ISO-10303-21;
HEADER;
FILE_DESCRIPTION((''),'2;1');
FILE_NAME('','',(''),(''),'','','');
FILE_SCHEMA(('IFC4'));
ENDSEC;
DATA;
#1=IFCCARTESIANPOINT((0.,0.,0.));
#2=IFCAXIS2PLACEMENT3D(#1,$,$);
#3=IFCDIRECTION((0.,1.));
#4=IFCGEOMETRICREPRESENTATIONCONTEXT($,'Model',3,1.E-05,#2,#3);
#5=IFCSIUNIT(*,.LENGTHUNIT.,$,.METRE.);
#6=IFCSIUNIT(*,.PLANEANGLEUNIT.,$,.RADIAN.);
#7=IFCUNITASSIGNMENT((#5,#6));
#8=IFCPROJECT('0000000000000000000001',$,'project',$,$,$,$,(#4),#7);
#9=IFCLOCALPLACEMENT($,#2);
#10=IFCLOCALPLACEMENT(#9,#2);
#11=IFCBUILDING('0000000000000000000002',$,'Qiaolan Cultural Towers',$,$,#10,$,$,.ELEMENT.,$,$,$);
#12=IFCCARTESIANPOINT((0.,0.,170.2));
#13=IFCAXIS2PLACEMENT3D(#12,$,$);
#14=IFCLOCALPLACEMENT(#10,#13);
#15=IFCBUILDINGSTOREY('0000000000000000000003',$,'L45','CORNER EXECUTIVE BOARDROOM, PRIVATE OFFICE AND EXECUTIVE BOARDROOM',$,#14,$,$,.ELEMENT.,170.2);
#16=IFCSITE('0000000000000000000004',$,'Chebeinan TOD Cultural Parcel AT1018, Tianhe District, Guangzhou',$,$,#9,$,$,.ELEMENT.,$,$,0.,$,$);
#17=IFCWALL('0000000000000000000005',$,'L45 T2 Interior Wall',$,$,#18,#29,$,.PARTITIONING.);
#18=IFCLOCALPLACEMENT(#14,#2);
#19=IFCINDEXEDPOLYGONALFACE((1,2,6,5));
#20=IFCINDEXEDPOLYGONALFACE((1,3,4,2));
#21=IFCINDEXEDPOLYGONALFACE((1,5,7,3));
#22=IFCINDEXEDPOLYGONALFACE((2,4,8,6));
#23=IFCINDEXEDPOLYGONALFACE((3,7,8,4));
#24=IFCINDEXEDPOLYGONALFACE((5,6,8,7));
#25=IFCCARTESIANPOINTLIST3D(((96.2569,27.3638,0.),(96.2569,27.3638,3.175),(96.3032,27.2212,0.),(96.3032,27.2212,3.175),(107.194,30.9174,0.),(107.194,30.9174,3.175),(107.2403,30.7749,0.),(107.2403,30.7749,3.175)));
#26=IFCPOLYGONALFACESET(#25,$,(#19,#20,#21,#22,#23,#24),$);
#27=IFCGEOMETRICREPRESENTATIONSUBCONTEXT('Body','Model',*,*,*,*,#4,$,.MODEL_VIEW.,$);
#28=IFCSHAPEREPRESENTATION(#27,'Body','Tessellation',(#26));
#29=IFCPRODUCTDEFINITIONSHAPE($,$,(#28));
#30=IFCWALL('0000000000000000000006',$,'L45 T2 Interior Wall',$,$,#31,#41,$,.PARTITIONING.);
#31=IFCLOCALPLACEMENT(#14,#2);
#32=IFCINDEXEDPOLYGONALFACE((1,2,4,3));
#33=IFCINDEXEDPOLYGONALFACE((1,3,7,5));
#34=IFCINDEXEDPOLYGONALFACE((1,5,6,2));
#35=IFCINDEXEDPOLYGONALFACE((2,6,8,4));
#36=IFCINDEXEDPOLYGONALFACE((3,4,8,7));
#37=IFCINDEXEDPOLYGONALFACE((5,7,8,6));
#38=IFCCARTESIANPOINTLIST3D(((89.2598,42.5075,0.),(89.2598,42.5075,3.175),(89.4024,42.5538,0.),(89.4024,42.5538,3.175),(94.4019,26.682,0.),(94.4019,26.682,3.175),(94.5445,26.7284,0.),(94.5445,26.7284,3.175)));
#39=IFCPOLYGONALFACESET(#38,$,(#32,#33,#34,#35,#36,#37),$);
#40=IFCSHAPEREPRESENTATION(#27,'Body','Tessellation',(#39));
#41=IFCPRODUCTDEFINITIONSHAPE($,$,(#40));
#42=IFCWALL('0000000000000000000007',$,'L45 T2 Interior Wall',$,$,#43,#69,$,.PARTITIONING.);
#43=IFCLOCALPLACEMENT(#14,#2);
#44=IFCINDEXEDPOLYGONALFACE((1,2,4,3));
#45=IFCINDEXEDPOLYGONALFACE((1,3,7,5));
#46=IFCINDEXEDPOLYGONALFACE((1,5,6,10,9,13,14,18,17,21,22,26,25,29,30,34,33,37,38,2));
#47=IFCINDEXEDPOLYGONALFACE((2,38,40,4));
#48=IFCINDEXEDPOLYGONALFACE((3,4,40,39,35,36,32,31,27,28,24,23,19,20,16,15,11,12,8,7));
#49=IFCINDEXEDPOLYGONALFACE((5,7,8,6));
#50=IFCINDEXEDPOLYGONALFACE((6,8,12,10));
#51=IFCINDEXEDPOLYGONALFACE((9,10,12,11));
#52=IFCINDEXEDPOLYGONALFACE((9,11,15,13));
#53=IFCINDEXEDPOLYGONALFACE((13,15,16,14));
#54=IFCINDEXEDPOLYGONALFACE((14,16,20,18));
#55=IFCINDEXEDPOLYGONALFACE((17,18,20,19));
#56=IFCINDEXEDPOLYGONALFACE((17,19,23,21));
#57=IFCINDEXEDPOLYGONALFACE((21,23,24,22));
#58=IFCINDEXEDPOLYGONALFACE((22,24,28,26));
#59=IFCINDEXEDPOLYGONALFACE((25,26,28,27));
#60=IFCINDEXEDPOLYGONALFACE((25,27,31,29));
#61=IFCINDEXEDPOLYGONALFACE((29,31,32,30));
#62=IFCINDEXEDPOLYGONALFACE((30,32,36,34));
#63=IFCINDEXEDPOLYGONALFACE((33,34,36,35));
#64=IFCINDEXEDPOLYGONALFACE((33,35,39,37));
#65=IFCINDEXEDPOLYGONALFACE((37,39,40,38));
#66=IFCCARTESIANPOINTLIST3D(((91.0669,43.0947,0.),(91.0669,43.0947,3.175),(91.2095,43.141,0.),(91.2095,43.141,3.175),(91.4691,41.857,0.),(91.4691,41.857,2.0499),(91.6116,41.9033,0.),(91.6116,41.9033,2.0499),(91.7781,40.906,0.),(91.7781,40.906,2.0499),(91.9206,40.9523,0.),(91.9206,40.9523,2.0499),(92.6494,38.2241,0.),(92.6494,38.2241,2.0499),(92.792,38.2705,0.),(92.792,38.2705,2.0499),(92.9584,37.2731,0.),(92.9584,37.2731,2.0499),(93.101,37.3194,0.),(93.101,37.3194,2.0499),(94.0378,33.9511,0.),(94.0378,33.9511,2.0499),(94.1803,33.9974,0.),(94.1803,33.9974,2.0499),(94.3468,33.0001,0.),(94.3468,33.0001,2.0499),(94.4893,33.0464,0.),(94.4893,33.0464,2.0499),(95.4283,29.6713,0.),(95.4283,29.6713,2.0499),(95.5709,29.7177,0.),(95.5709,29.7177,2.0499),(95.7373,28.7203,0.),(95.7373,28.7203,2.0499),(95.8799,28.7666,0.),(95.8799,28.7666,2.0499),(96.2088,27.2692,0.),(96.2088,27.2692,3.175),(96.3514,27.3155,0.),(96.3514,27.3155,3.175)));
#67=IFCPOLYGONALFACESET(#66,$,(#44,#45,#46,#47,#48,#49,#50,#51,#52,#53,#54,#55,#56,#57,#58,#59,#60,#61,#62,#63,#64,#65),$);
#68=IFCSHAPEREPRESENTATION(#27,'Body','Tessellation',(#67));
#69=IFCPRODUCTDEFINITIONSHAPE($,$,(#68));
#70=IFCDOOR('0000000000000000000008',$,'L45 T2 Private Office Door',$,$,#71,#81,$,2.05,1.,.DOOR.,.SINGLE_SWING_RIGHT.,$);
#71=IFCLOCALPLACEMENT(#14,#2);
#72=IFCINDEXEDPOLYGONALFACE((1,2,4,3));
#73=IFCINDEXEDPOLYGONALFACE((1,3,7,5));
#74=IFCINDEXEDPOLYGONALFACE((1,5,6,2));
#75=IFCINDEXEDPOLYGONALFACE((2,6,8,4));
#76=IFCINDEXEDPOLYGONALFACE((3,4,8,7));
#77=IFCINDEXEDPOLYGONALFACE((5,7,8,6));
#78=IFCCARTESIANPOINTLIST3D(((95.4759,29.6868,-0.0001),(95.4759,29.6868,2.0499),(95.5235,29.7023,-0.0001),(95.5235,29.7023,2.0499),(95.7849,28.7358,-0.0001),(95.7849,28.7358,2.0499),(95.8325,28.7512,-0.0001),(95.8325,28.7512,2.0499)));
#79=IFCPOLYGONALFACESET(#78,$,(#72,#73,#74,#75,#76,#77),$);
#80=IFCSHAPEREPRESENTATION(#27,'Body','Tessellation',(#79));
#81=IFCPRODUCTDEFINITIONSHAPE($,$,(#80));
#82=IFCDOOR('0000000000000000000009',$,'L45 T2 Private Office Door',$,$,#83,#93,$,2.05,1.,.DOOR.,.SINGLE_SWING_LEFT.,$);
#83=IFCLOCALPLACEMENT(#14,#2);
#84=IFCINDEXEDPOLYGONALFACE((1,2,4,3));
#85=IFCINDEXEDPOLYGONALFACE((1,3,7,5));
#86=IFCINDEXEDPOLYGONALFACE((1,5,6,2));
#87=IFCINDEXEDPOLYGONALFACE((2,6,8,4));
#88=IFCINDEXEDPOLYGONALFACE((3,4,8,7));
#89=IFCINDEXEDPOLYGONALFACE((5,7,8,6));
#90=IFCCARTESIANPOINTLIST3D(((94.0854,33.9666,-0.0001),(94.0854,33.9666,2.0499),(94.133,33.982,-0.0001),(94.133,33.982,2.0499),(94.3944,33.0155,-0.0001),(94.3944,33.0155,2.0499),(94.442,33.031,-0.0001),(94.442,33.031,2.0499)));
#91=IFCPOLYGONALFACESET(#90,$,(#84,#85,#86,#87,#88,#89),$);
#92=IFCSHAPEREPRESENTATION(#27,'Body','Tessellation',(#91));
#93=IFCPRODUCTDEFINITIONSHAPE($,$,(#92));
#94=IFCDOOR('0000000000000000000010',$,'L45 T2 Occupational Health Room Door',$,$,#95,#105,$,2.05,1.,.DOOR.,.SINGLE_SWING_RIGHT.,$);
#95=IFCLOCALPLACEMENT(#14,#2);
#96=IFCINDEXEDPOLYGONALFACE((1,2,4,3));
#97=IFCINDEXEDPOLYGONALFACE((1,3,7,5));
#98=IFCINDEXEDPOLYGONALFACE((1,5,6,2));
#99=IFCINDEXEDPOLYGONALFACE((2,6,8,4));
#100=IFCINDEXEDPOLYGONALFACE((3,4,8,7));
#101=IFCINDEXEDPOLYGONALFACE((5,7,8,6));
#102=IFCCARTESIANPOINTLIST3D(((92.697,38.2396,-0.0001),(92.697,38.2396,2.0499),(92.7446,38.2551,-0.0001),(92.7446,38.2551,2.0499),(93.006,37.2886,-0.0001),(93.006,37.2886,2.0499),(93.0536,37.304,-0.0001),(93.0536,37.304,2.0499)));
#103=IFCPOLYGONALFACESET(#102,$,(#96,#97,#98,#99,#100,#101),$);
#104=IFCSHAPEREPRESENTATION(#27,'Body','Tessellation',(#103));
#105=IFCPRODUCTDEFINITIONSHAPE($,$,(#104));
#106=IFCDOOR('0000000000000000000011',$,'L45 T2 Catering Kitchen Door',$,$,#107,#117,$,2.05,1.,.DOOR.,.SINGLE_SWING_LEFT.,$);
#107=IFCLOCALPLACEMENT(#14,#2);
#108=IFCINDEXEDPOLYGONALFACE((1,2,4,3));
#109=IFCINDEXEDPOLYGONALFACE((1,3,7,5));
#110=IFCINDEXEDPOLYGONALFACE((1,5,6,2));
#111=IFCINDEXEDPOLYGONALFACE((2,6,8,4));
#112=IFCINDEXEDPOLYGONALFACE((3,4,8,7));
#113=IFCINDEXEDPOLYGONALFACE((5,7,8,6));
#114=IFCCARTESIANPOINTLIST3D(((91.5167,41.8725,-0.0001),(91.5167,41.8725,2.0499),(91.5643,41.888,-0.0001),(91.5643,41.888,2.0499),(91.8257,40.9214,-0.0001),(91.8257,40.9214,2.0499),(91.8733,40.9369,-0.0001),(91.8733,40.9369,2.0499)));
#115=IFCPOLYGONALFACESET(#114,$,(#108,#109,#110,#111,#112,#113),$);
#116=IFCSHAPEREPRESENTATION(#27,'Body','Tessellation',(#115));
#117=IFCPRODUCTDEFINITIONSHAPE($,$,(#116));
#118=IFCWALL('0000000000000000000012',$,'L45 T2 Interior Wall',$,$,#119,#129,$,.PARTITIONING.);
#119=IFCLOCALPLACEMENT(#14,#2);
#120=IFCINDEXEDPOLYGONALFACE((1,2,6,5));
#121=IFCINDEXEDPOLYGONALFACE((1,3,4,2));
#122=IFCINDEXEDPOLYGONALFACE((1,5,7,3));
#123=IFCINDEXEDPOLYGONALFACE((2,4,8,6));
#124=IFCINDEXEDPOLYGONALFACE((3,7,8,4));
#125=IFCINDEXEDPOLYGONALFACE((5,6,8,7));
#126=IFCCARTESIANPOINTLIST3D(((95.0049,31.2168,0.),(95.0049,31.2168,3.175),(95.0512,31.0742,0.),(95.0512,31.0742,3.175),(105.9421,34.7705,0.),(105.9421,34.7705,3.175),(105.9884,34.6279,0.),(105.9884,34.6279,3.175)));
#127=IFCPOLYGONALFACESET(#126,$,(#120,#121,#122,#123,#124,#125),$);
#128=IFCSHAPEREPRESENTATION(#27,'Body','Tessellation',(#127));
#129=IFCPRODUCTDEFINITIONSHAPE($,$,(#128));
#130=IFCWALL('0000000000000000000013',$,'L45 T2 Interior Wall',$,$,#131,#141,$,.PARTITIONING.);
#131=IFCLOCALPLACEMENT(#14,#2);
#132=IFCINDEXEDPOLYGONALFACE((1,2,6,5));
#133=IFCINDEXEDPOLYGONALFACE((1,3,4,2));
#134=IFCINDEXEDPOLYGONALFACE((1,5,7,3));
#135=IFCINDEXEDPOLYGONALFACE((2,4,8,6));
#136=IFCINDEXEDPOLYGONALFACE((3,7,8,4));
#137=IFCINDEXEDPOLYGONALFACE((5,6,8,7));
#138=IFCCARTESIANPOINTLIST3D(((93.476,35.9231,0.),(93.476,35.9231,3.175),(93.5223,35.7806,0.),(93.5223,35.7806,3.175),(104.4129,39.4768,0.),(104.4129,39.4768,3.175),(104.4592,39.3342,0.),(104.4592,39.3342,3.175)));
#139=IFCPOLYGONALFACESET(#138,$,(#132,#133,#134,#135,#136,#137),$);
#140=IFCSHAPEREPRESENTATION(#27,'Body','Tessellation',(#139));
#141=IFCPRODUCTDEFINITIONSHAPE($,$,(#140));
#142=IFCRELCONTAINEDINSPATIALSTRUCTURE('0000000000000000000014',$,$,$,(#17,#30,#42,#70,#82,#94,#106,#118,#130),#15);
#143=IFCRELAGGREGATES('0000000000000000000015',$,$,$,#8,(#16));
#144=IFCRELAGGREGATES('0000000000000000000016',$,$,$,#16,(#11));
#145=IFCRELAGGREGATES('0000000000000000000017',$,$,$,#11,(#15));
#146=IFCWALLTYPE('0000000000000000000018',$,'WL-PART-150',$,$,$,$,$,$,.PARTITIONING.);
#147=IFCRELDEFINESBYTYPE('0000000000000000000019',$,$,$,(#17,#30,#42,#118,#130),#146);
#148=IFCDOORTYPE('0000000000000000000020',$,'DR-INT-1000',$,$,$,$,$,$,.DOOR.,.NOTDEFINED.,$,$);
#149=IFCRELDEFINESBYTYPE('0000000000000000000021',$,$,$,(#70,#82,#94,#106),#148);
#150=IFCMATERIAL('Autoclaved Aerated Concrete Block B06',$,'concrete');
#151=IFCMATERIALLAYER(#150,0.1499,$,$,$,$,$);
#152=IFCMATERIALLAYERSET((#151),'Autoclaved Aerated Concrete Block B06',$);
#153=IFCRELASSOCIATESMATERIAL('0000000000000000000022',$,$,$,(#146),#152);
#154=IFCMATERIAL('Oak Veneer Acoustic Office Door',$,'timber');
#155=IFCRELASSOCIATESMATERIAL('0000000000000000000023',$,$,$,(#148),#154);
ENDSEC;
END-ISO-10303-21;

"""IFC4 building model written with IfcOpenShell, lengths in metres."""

from ifc_helpers import new_model, si_unit, direction, frame, frame_2d, origin, place, context, subcontext, project, spatial, rectangle, extrude, material, layer, layer_set, type_object, element, fill, save


model = new_model("IFC4")

# Units and contexts
model_context = context("Model", 3, precision=1e-05, world=origin(), true_north=direction((0.0, 1.0)))
body_context = subcontext(model_context, "Body", "Model", "MODEL_VIEW")
ifc_project = project(units=[si_unit("LENGTHUNIT", "METRE"), si_unit("PLANEANGLEUNIT", "RADIAN")], contexts=[model_context])

# Site, building, storey
site_placement = place(None, origin())
site = spatial("IfcSite", under=ifc_project, at=site_placement, Name="Chebeinan TOD Cultural Parcel AT1018, Tianhe District, Guangzhou", CompositionType="ELEMENT", RefElevation=0.0)
building_placement = place(site_placement, origin())
building = spatial("IfcBuilding", under=site, at=building_placement, Name="Qiaolan Cultural Towers", CompositionType="ELEMENT")
storey_placement = place(building_placement, frame((0.0, 0.0, 170.2)))
storey = spatial("IfcBuildingStorey", under=building, at=storey_placement, Name="L45", Description="CORNER EXECUTIVE BOARDROOM, PRIVATE OFFICE AND EXECUTIVE BOARDROOM", CompositionType="ELEMENT", Elevation=170.2)

# Shared definitions
ifc_material_1 = material(Name="Autoclaved Aerated Concrete Block B06", Category="concrete")
ifc_layer_1 = layer(ifc_material_1, 0.1499)
ifc_layer_set_1 = layer_set([ifc_layer_1], Name="Autoclaved Aerated Concrete Block B06")
wall_type_1 = type_object("IfcWallType", Name="WL-PART-150", PredefinedType="PARTITIONING", material=ifc_layer_set_1)
ifc_material_2 = material(Name="Oak Veneer Acoustic Office Door", Category="timber")
door_type_1 = type_object("IfcDoorType", Name="DR-INT-1000", OperationType="NOTDEFINED", PredefinedType="DOOR", material=ifc_material_2)

# Walls
wall_1_placement = place(storey_placement, frame((96.28, 27.2925, 0.0), z_axis=(0.0, 0.0, 1.0), x_axis=(0.951057, 0.309016, 0.0)))
element("IfcWall", 1, at=wall_1_placement, inside=storey, type_object=wall_type_1, Name="L45 T2 Interior Wall", PredefinedType="PARTITIONING", context=body_context, shape_type="SweptSolid", body=[
    extrude(rectangle(XDim=11.5, YDim=0.1499, at=frame_2d((5.75, 0.0))), origin(), (0.0, 0.0, 1.0), 3.175),
])
wall_2_placement = place(storey_placement, frame((94.4731, 26.7053, 0.0), z_axis=(0.0, 0.0, 1.0), x_axis=(-0.309022, 0.951055, 0.0)))
element("IfcWall", 2, at=wall_2_placement, inside=storey, type_object=wall_type_1, Name="L45 T2 Interior Wall", PredefinedType="PARTITIONING", context=body_context, shape_type="SweptSolid", body=[
    extrude(rectangle(XDim=16.6399, YDim=0.1499, at=frame_2d((8.3198, 0.0))), origin(), (0.0, 0.0, 1.0), 3.175),
])

# Wall, openings, doors
wall_3_placement = place(storey_placement, frame((96.28, 27.2925, 0.0), z_axis=(0.0, 0.0, 1.0), x_axis=(-0.309009, 0.951059, 0.0)))
wall_3 = element("IfcWall", 3, at=wall_3_placement, inside=storey, type_object=wall_type_1, Name="L45 T2 Interior Wall", PredefinedType="PARTITIONING", context=body_context, shape_type="SweptSolid", body=[
    extrude(rectangle(XDim=16.6399, YDim=0.1499, at=frame_2d((8.3198, 0.0))), origin(), (0.0, 0.0, 1.0), 3.175),
])
opening_1_placement = place(wall_3_placement, frame((1.5256, 0.0, 0.0)))
opening_1 = element("IfcOpeningElement", 4, at=opening_1_placement, cuts=wall_3, PredefinedType="OPENING", context=body_context, shape_type="SweptSolid", body=[
    extrude(rectangle(XDim=1.0, YDim=2.05, at=frame_2d((0.5, 1.0249))), frame((0.0, 0.085, 0.0), z_axis=(0.0, -1.0, 0.0), x_axis=(1.0, 0.0, 0.0)), (0.0, 0.0, 1.0), 0.1699),
])
opening_2_placement = place(wall_3_placement, frame((6.0256, 0.0, 0.0)))
opening_2 = element("IfcOpeningElement", 5, at=opening_2_placement, cuts=wall_3, PredefinedType="OPENING", context=body_context, shape_type="SweptSolid", body=[
    extrude(rectangle(XDim=1.0, YDim=2.05, at=frame_2d((0.5, 1.0249))), frame((0.0, 0.085, 0.0), z_axis=(0.0, -1.0, 0.0), x_axis=(1.0, 0.0, 0.0)), (0.0, 0.0, 1.0), 0.1699),
])
opening_3_placement = place(wall_3_placement, frame((10.5186, 0.0, 0.0)))
opening_3 = element("IfcOpeningElement", 6, at=opening_3_placement, cuts=wall_3, PredefinedType="OPENING", context=body_context, shape_type="SweptSolid", body=[
    extrude(rectangle(XDim=1.0, YDim=2.05, at=frame_2d((0.5, 1.0249))), frame((0.0, 0.085, 0.0), z_axis=(0.0, -1.0, 0.0), x_axis=(1.0, 0.0, 0.0)), (0.0, 0.0, 1.0), 0.1699),
])
opening_4_placement = place(wall_3_placement, frame((14.3384, 0.0, 0.0)))
opening_4 = element("IfcOpeningElement", 7, at=opening_4_placement, cuts=wall_3, PredefinedType="OPENING", context=body_context, shape_type="SweptSolid", body=[
    extrude(rectangle(XDim=1.0, YDim=2.05, at=frame_2d((0.5, 1.0249))), frame((0.0, 0.085, 0.0), z_axis=(0.0, -1.0, 0.0), x_axis=(1.0, 0.0, 0.0)), (0.0, 0.0, 1.0), 0.1699),
])
door_1_placement = place(opening_1_placement, origin())
door_1 = element("IfcDoor", 8, at=door_1_placement, inside=storey, type_object=door_type_1, Name="L45 T2 Private Office Door", OperationType="SINGLE_SWING_RIGHT", OverallHeight=2.05, OverallWidth=1.0, PredefinedType="DOOR", context=body_context, shape_type="SweptSolid", body=[
    extrude(rectangle(XDim=1.0, YDim=2.05, at=frame_2d((0.5, 1.0249))), frame((0.0, 0.0249, 0.0), z_axis=(0.0, -1.0, 0.0), x_axis=(1.0, 0.0, 0.0)), (0.0, 0.0, 1.0), 0.05),
])
fill(opening_1, door_1)
door_2_placement = place(opening_2_placement, origin())
door_2 = element("IfcDoor", 9, at=door_2_placement, inside=storey, type_object=door_type_1, Name="L45 T2 Private Office Door", OperationType="SINGLE_SWING_LEFT", OverallHeight=2.05, OverallWidth=1.0, PredefinedType="DOOR", context=body_context, shape_type="SweptSolid", body=[
    extrude(rectangle(XDim=1.0, YDim=2.05, at=frame_2d((0.5, 1.0249))), frame((0.0, 0.0249, 0.0), z_axis=(0.0, -1.0, 0.0), x_axis=(1.0, 0.0, 0.0)), (0.0, 0.0, 1.0), 0.05),
])
fill(opening_2, door_2)
door_3_placement = place(opening_3_placement, origin())
door_3 = element("IfcDoor", 10, at=door_3_placement, inside=storey, type_object=door_type_1, Name="L45 T2 Occupational Health Room Door", OperationType="SINGLE_SWING_RIGHT", OverallHeight=2.05, OverallWidth=1.0, PredefinedType="DOOR", context=body_context, shape_type="SweptSolid", body=[
    extrude(rectangle(XDim=1.0, YDim=2.05, at=frame_2d((0.5, 1.0249))), frame((0.0, 0.0249, 0.0), z_axis=(0.0, -1.0, 0.0), x_axis=(1.0, 0.0, 0.0)), (0.0, 0.0, 1.0), 0.05),
])
fill(opening_3, door_3)
door_4_placement = place(opening_4_placement, origin())
door_4 = element("IfcDoor", 11, at=door_4_placement, inside=storey, type_object=door_type_1, Name="L45 T2 Catering Kitchen Door", OperationType="SINGLE_SWING_LEFT", OverallHeight=2.05, OverallWidth=1.0, PredefinedType="DOOR", context=body_context, shape_type="SweptSolid", body=[
    extrude(rectangle(XDim=1.0, YDim=2.05, at=frame_2d((0.5, 1.0249))), frame((0.0, 0.0249, 0.0), z_axis=(0.0, -1.0, 0.0), x_axis=(1.0, 0.0, 0.0)), (0.0, 0.0, 1.0), 0.05),
])
fill(opening_4, door_4)

# Walls
wall_4_placement = place(storey_placement, frame((95.0281, 31.1455, 0.0), z_axis=(0.0, 0.0, 1.0), x_axis=(0.951057, 0.309016, 0.0)))
element("IfcWall", 12, at=wall_4_placement, inside=storey, type_object=wall_type_1, Name="L45 T2 Interior Wall", PredefinedType="PARTITIONING", context=body_context, shape_type="SweptSolid", body=[
    extrude(rectangle(XDim=11.5, YDim=0.1499, at=frame_2d((5.75, 0.0))), origin(), (0.0, 0.0, 1.0), 3.175),
])
wall_5_placement = place(storey_placement, frame((93.499, 35.8518, 0.0), z_axis=(0.0, 0.0, 1.0), x_axis=(0.951055, 0.309022, 0.0)))
element("IfcWall", 13, at=wall_5_placement, inside=storey, type_object=wall_type_1, Name="L45 T2 Interior Wall", PredefinedType="PARTITIONING", context=body_context, shape_type="SweptSolid", body=[
    extrude(rectangle(XDim=11.4998, YDim=0.1499, at=frame_2d((5.75, 0.0))), origin(), (0.0, 0.0, 1.0), 3.175),
])

save(model, "model.ifc")
